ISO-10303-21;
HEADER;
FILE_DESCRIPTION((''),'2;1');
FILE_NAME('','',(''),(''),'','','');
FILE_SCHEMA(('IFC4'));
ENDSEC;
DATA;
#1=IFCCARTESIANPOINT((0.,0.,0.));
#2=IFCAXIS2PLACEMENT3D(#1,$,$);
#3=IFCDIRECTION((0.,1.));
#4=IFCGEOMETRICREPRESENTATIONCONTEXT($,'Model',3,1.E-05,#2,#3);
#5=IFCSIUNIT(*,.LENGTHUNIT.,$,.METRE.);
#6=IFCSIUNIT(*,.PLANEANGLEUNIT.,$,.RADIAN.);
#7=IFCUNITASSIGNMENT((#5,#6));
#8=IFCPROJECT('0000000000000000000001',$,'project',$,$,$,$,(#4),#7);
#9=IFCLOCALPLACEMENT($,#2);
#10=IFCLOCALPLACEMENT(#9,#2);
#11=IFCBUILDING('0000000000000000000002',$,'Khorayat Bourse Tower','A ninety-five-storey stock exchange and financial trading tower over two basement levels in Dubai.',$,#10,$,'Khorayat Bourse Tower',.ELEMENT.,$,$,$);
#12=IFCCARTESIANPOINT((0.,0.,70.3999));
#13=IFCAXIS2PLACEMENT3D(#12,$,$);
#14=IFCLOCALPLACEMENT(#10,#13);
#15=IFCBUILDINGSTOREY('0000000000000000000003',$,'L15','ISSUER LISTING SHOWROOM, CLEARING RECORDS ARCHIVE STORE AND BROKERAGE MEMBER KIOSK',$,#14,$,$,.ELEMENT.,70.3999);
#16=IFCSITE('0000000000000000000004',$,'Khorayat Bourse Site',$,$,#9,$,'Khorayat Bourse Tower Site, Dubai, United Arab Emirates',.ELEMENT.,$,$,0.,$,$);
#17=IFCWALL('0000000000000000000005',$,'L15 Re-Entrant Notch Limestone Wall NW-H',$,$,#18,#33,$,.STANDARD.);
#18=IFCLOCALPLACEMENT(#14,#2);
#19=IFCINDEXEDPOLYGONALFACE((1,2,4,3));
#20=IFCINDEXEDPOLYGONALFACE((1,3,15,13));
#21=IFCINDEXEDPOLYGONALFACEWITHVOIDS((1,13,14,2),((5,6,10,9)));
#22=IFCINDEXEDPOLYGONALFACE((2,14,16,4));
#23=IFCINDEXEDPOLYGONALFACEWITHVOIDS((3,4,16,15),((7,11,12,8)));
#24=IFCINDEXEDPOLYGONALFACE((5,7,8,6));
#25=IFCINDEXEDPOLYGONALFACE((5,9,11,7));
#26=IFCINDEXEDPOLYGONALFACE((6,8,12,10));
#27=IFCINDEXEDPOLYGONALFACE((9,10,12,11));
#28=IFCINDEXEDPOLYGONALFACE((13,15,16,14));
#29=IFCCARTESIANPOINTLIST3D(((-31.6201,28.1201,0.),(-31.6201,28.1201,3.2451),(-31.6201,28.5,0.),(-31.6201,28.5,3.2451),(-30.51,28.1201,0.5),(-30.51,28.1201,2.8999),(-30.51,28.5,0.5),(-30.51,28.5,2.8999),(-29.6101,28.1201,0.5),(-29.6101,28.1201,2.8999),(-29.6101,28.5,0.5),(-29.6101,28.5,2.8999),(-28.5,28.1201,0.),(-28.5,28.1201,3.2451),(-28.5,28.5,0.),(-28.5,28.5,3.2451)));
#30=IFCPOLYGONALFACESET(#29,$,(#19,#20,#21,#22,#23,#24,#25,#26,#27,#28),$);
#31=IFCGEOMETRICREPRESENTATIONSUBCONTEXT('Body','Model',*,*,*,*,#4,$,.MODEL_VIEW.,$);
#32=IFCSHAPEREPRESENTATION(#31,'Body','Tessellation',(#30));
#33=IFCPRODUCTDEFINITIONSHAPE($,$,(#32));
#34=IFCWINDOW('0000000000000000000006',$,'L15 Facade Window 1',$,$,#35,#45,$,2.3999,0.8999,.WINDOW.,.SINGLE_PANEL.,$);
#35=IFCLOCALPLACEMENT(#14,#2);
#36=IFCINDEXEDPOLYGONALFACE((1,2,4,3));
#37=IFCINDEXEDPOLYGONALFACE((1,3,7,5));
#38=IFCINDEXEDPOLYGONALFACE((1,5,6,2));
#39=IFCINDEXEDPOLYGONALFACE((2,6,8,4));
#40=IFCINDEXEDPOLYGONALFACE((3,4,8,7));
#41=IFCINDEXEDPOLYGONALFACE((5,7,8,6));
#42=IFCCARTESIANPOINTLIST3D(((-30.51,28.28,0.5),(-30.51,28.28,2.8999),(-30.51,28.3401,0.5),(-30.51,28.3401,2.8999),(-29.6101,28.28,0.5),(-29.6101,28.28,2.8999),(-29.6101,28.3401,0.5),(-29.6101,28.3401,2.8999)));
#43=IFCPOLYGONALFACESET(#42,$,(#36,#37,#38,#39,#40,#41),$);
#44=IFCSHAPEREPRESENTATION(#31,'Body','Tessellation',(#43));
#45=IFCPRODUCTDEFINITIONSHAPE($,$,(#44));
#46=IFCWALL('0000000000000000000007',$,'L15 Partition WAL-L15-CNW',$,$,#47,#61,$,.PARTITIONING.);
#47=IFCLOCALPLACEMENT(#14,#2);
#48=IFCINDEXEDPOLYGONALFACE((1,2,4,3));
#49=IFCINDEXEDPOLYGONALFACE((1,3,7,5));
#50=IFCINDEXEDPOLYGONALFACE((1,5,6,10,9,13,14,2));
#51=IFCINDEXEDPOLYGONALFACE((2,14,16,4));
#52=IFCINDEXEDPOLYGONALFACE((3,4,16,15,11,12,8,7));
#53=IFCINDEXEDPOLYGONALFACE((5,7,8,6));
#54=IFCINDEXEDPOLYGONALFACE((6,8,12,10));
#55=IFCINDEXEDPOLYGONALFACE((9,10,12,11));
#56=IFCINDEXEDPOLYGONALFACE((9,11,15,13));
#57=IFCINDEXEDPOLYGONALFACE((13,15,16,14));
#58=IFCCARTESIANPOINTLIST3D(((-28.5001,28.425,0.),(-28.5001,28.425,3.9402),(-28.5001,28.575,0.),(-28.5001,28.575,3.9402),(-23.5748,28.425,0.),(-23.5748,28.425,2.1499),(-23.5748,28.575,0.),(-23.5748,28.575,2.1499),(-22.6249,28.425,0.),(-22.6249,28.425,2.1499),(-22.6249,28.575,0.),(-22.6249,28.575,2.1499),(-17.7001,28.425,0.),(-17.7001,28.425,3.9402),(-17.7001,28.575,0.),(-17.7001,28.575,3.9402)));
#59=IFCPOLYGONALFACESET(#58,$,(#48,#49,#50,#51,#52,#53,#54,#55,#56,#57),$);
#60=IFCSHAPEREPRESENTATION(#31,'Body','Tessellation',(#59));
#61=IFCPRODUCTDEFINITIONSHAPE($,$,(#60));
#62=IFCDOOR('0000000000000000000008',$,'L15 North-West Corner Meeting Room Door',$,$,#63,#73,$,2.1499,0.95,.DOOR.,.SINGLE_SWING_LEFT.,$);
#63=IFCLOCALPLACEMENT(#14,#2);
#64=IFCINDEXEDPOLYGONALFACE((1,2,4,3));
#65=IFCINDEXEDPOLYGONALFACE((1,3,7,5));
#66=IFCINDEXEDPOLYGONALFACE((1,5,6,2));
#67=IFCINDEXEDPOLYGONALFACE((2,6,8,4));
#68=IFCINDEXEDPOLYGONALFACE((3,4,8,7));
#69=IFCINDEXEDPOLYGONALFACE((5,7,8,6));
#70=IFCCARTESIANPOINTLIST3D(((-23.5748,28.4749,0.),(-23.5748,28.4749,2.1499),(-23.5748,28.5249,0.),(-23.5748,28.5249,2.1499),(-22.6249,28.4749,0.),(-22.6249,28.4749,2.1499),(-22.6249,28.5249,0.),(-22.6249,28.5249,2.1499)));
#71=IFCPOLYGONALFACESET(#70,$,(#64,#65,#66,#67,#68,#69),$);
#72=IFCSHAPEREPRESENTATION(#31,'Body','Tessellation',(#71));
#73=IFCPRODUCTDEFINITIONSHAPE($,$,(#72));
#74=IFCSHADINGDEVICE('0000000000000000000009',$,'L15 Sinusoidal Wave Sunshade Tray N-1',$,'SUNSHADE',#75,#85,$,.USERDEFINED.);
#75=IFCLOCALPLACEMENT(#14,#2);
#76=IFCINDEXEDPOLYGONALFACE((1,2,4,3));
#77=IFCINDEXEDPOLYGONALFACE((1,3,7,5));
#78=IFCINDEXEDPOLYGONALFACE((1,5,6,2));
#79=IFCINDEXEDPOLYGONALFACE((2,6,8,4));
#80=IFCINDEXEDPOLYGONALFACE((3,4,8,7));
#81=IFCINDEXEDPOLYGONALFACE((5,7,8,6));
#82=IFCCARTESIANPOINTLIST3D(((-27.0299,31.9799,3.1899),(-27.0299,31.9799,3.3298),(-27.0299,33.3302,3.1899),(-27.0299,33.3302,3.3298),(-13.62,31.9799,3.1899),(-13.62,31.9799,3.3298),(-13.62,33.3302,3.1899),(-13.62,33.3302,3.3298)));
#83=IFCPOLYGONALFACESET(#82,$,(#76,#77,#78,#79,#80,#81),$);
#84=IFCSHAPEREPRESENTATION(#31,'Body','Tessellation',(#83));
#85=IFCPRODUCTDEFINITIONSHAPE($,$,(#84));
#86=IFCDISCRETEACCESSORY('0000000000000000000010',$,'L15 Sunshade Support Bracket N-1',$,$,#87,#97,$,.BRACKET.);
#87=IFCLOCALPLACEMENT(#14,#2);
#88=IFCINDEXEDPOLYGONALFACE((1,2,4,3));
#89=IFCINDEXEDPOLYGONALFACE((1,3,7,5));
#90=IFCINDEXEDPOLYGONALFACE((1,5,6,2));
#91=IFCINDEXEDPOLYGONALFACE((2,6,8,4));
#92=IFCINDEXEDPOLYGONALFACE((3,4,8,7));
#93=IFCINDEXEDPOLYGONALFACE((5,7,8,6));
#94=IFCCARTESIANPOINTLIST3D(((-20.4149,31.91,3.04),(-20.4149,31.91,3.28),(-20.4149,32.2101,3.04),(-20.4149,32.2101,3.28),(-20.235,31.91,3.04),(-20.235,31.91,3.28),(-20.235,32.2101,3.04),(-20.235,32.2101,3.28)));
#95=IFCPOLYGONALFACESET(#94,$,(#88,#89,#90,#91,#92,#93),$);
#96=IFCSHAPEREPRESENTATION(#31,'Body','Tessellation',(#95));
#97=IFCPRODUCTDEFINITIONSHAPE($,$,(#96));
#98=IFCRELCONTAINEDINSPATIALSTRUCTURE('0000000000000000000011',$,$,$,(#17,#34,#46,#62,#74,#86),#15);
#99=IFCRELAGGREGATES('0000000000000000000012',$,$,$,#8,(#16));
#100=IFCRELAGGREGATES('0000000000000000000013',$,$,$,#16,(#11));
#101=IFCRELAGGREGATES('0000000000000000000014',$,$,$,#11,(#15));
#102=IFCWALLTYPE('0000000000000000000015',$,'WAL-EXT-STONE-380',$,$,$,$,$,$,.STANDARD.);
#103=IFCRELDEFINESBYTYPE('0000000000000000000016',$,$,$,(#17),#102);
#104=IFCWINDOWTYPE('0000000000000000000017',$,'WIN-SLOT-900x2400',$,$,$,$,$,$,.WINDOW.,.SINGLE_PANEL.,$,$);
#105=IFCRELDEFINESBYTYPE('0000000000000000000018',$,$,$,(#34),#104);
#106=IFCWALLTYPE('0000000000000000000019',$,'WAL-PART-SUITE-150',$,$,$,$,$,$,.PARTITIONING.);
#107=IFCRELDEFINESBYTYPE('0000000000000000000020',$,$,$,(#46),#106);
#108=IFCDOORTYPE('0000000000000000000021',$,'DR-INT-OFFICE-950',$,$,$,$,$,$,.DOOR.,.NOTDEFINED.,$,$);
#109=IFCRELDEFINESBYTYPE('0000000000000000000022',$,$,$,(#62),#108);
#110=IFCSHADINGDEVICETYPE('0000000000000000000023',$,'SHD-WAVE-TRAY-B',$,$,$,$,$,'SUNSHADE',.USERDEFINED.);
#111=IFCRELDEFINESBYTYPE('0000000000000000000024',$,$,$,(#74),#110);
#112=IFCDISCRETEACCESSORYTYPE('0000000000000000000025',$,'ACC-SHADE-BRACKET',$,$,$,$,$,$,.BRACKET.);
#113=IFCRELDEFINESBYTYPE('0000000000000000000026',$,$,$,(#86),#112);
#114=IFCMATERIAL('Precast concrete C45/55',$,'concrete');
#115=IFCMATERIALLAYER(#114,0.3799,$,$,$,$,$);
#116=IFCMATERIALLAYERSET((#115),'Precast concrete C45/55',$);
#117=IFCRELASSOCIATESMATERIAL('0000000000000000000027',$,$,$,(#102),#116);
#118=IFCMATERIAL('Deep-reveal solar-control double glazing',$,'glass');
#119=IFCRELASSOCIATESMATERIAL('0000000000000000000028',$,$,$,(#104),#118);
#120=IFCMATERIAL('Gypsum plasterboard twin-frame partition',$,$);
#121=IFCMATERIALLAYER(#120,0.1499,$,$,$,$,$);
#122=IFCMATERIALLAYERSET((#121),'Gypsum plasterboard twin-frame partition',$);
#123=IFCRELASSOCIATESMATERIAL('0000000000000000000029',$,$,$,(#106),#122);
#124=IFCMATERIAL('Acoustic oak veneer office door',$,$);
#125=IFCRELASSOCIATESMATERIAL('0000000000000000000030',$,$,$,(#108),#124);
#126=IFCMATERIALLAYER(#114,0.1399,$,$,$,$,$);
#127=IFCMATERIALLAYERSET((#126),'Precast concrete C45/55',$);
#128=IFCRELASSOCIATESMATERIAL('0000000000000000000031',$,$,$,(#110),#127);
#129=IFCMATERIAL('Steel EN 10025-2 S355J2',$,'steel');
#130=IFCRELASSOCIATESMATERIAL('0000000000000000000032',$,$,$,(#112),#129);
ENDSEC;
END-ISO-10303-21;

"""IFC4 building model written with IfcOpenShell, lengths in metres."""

from ifc_helpers import new_model, si_unit, direction, frame, frame_2d, origin, origin_2d, place, context, subcontext, project, spatial, rectangle, extrude, source, transform, mapped, material, layer, layer_set, type_object, element, fill, save


model = new_model("IFC4")

# Units and contexts
model_context = context("Model", 3, precision=1e-05, world=origin(), true_north=direction((0.0, 1.0)))
body_context = subcontext(model_context, "Body", "Model", "MODEL_VIEW")
ifc_project = project(units=[si_unit("LENGTHUNIT", "METRE"), si_unit("PLANEANGLEUNIT", "RADIAN")], contexts=[model_context])

# Site, building, storey
site_placement = place(None, origin())
site = spatial("IfcSite", under=ifc_project, at=site_placement, Name="Khorayat Bourse Site", LongName="Khorayat Bourse Tower Site, Dubai, United Arab Emirates", CompositionType="ELEMENT", RefElevation=0.0)
building_placement = place(site_placement, origin())
building = spatial("IfcBuilding", under=site, at=building_placement, Name="Khorayat Bourse Tower", Description="A ninety-five-storey stock exchange and financial trading tower over two basement levels in Dubai.", LongName="Khorayat Bourse Tower", CompositionType="ELEMENT")
storey_placement = place(building_placement, frame((0.0, 0.0, 70.3999)))
storey = spatial("IfcBuildingStorey", under=building, at=storey_placement, Name="L15", Description="ISSUER LISTING SHOWROOM, CLEARING RECORDS ARCHIVE STORE AND BROKERAGE MEMBER KIOSK", CompositionType="ELEMENT", Elevation=70.3999)

# Wall, opening, window
ifc_material_1 = material(Name="Precast concrete C45/55", Category="concrete")
ifc_layer_1 = layer(ifc_material_1, 0.3799)
ifc_layer_set_1 = layer_set([ifc_layer_1], Name="Precast concrete C45/55")
wall_type_1 = type_object("IfcWallType", Name="WAL-EXT-STONE-380", PredefinedType="STANDARD", material=ifc_layer_set_1)
shared_shape_1 = source(origin(), body_context, "Body", "SweptSolid", [
    extrude(rectangle(XDim=3.1201, YDim=0.3799, at=frame_2d((1.5601, 0.0))), origin(), (0.0, 0.0, 1.0), 3.2451),
])
shared_shape_2 = source(origin(), body_context, "Body", "SweptSolid", [
    extrude(rectangle(XDim=0.8999, YDim=2.3999, at=frame_2d((0.45, 1.2))), frame((0.0, 0.2, 0.0), z_axis=(0.0, -1.0, 0.0), x_axis=(1.0, 0.0, 0.0)), (0.0, 0.0, 1.0), 0.3999),
])
ifc_material_2 = material(Name="Deep-reveal solar-control double glazing", Category="glass")
window_type = type_object("IfcWindowType", Name="WIN-SLOT-900x2400", PartitioningType="SINGLE_PANEL", PredefinedType="WINDOW", material=ifc_material_2)
shared_shape_3 = source(origin(), body_context, "Body", "SweptSolid", [
    extrude(rectangle(XDim=0.8999, YDim=2.3999, at=frame_2d((0.45, 1.2))), frame((0.0, 0.03, 0.0), z_axis=(0.0, -1.0, 0.0), x_axis=(1.0, 0.0, 0.0)), (0.0, 0.0, 1.0), 0.0601),
])
wall_1_placement = place(storey_placement, frame((-28.5, 28.3101, 0.0), z_axis=(0.0, 0.0, 1.0), x_axis=(-1.0, 0.0, 0.0)))
wall_1 = element("IfcWall", 1, at=wall_1_placement, inside=storey, type_object=wall_type_1, Name="L15 Re-Entrant Notch Limestone Wall NW-H", PredefinedType="STANDARD", context=body_context, shape_type="MappedRepresentation", body=[
    mapped(shared_shape_1, transform((0.0, 0.0, 0.0), scale=1.0)),
])
opening_1_placement = place(wall_1_placement, frame((1.1101, 0.0, 0.5)))
opening_1 = element("IfcOpeningElement", 2, at=opening_1_placement, cuts=wall_1, PredefinedType="OPENING", context=body_context, shape_type="MappedRepresentation", body=[
    mapped(shared_shape_2, transform((0.0, 0.0, 0.0), scale=1.0)),
])
window_1_placement = place(opening_1_placement, origin())
window_1 = element("IfcWindow", 3, at=window_1_placement, inside=storey, type_object=window_type, Name="L15 Facade Window 1", OverallHeight=2.3999, OverallWidth=0.8999, PartitioningType="SINGLE_PANEL", PredefinedType="WINDOW", context=body_context, shape_type="MappedRepresentation", body=[
    mapped(shared_shape_3, transform((0.0, 0.0, 0.0), scale=1.0)),
])
fill(opening_1, window_1)

# Wall, opening, door
ifc_material_3 = material(Name="Gypsum plasterboard twin-frame partition")
ifc_layer_2 = layer(ifc_material_3, 0.1499)
ifc_layer_set_2 = layer_set([ifc_layer_2], Name="Gypsum plasterboard twin-frame partition")
wall_type_2 = type_object("IfcWallType", Name="WAL-PART-SUITE-150", PredefinedType="PARTITIONING", material=ifc_layer_set_2)
shared_shape_4 = source(origin(), body_context, "Body", "SweptSolid", [
    extrude(rectangle(XDim=10.8, YDim=0.1499, at=frame_2d((5.3999, 0.0))), origin(), (0.0, 0.0, 1.0), 3.9402),
])
wall_2_placement = place(storey_placement, frame((-28.5, 28.5, 0.0), z_axis=(0.0, 0.0, 1.0), x_axis=(1.0, 0.0, 0.0)))
wall_2 = element("IfcWall", 4, at=wall_2_placement, inside=storey, type_object=wall_type_2, Name="L15 Partition WAL-L15-CNW", PredefinedType="PARTITIONING", context=body_context, shape_type="MappedRepresentation", body=[
    mapped(shared_shape_4, transform((0.0, 0.0, 0.0), scale=1.0)),
])
shared_shape_5 = source(origin(), body_context, "Body", "SweptSolid", [
    extrude(rectangle(XDim=0.95, YDim=2.1499, at=frame_2d((0.4751, 1.075))), frame((0.0, 0.085, 0.0), z_axis=(0.0, -1.0, 0.0), x_axis=(1.0, 0.0, 0.0)), (0.0, 0.0, 1.0), 0.1699),
])
opening_2_placement = place(wall_2_placement, frame((4.925, 0.0, 0.0)))
opening_2 = element("IfcOpeningElement", 5, at=opening_2_placement, cuts=wall_2, PredefinedType="OPENING", context=body_context, shape_type="MappedRepresentation", body=[
    mapped(shared_shape_5, transform((0.0, 0.0, 0.0), scale=1.0)),
])
ifc_material_4 = material(Name="Acoustic oak veneer office door")
door_type = type_object("IfcDoorType", Name="DR-INT-OFFICE-950", OperationType="NOTDEFINED", PredefinedType="DOOR", material=ifc_material_4)
shared_shape_6 = source(origin(), body_context, "Body", "SweptSolid", [
    extrude(rectangle(XDim=0.95, YDim=2.1499, at=frame_2d((0.4751, 1.075))), frame((0.0, 0.0249, 0.0), z_axis=(0.0, -1.0, 0.0), x_axis=(1.0, 0.0, 0.0)), (0.0, 0.0, 1.0), 0.05),
])
door_placement = place(opening_2_placement, origin())
door = element("IfcDoor", 6, at=door_placement, inside=storey, type_object=door_type, Name="L15 North-West Corner Meeting Room Door", OperationType="SINGLE_SWING_LEFT", OverallHeight=2.1499, OverallWidth=0.95, PredefinedType="DOOR", context=body_context, shape_type="MappedRepresentation", body=[
    mapped(shared_shape_6, transform((0.0, 0.0, 0.0), scale=1.0)),
])
fill(opening_2, door)

# Shading device
ifc_layer_3 = layer(ifc_material_1, 0.1399)
ifc_layer_set_3 = layer_set([ifc_layer_3], Name="Precast concrete C45/55")
shading_device_type = type_object("IfcShadingDeviceType", Name="SHD-WAVE-TRAY-B", ElementType="SUNSHADE", PredefinedType="USERDEFINED", material=ifc_layer_set_3)
shared_shape_7 = source(origin(), body_context, "Body", "SweptSolid", [
    extrude(rectangle(XDim=13.4099, YDim=1.3503, at=origin_2d()), origin(), (0.0, 0.0, 1.0), 0.1399),
])
shading_device_placement = place(storey_placement, frame((-20.325, 32.655, 3.1899), z_axis=(0.0, 0.0, 1.0), x_axis=(1.0, 0.0, 0.0)))
element("IfcShadingDevice", 7, at=shading_device_placement, inside=storey, type_object=shading_device_type, Name="L15 Sinusoidal Wave Sunshade Tray N-1", ObjectType="SUNSHADE", PredefinedType="USERDEFINED", context=body_context, shape_type="MappedRepresentation", body=[
    mapped(shared_shape_7, transform((0.0, 0.0, 0.0), scale=1.0)),
])

# Discrete accessory
ifc_material_5 = material(Name="Steel EN 10025-2 S355J2", Category="steel")
discrete_accessory_type = type_object("IfcDiscreteAccessoryType", Name="ACC-SHADE-BRACKET", PredefinedType="BRACKET", material=ifc_material_5)
shared_shape_8 = source(origin(), body_context, "Body", "SweptSolid", [
    extrude(rectangle(XDim=0.1799, YDim=0.3, at=origin_2d()), origin(), (0.0, 0.0, 1.0), 0.24),
])
discrete_accessory_placement = place(storey_placement, frame((-20.325, 32.0601, 3.04), z_axis=(0.0, 0.0, 1.0), x_axis=(1.0, 0.0, 0.0)))
element("IfcDiscreteAccessory", 8, at=discrete_accessory_placement, inside=storey, type_object=discrete_accessory_type, Name="L15 Sunshade Support Bracket N-1", PredefinedType="BRACKET", context=body_context, shape_type="MappedRepresentation", body=[
    mapped(shared_shape_8, transform((0.0, 0.0, 0.0), scale=1.0)),
])

save(model, "model.ifc")
